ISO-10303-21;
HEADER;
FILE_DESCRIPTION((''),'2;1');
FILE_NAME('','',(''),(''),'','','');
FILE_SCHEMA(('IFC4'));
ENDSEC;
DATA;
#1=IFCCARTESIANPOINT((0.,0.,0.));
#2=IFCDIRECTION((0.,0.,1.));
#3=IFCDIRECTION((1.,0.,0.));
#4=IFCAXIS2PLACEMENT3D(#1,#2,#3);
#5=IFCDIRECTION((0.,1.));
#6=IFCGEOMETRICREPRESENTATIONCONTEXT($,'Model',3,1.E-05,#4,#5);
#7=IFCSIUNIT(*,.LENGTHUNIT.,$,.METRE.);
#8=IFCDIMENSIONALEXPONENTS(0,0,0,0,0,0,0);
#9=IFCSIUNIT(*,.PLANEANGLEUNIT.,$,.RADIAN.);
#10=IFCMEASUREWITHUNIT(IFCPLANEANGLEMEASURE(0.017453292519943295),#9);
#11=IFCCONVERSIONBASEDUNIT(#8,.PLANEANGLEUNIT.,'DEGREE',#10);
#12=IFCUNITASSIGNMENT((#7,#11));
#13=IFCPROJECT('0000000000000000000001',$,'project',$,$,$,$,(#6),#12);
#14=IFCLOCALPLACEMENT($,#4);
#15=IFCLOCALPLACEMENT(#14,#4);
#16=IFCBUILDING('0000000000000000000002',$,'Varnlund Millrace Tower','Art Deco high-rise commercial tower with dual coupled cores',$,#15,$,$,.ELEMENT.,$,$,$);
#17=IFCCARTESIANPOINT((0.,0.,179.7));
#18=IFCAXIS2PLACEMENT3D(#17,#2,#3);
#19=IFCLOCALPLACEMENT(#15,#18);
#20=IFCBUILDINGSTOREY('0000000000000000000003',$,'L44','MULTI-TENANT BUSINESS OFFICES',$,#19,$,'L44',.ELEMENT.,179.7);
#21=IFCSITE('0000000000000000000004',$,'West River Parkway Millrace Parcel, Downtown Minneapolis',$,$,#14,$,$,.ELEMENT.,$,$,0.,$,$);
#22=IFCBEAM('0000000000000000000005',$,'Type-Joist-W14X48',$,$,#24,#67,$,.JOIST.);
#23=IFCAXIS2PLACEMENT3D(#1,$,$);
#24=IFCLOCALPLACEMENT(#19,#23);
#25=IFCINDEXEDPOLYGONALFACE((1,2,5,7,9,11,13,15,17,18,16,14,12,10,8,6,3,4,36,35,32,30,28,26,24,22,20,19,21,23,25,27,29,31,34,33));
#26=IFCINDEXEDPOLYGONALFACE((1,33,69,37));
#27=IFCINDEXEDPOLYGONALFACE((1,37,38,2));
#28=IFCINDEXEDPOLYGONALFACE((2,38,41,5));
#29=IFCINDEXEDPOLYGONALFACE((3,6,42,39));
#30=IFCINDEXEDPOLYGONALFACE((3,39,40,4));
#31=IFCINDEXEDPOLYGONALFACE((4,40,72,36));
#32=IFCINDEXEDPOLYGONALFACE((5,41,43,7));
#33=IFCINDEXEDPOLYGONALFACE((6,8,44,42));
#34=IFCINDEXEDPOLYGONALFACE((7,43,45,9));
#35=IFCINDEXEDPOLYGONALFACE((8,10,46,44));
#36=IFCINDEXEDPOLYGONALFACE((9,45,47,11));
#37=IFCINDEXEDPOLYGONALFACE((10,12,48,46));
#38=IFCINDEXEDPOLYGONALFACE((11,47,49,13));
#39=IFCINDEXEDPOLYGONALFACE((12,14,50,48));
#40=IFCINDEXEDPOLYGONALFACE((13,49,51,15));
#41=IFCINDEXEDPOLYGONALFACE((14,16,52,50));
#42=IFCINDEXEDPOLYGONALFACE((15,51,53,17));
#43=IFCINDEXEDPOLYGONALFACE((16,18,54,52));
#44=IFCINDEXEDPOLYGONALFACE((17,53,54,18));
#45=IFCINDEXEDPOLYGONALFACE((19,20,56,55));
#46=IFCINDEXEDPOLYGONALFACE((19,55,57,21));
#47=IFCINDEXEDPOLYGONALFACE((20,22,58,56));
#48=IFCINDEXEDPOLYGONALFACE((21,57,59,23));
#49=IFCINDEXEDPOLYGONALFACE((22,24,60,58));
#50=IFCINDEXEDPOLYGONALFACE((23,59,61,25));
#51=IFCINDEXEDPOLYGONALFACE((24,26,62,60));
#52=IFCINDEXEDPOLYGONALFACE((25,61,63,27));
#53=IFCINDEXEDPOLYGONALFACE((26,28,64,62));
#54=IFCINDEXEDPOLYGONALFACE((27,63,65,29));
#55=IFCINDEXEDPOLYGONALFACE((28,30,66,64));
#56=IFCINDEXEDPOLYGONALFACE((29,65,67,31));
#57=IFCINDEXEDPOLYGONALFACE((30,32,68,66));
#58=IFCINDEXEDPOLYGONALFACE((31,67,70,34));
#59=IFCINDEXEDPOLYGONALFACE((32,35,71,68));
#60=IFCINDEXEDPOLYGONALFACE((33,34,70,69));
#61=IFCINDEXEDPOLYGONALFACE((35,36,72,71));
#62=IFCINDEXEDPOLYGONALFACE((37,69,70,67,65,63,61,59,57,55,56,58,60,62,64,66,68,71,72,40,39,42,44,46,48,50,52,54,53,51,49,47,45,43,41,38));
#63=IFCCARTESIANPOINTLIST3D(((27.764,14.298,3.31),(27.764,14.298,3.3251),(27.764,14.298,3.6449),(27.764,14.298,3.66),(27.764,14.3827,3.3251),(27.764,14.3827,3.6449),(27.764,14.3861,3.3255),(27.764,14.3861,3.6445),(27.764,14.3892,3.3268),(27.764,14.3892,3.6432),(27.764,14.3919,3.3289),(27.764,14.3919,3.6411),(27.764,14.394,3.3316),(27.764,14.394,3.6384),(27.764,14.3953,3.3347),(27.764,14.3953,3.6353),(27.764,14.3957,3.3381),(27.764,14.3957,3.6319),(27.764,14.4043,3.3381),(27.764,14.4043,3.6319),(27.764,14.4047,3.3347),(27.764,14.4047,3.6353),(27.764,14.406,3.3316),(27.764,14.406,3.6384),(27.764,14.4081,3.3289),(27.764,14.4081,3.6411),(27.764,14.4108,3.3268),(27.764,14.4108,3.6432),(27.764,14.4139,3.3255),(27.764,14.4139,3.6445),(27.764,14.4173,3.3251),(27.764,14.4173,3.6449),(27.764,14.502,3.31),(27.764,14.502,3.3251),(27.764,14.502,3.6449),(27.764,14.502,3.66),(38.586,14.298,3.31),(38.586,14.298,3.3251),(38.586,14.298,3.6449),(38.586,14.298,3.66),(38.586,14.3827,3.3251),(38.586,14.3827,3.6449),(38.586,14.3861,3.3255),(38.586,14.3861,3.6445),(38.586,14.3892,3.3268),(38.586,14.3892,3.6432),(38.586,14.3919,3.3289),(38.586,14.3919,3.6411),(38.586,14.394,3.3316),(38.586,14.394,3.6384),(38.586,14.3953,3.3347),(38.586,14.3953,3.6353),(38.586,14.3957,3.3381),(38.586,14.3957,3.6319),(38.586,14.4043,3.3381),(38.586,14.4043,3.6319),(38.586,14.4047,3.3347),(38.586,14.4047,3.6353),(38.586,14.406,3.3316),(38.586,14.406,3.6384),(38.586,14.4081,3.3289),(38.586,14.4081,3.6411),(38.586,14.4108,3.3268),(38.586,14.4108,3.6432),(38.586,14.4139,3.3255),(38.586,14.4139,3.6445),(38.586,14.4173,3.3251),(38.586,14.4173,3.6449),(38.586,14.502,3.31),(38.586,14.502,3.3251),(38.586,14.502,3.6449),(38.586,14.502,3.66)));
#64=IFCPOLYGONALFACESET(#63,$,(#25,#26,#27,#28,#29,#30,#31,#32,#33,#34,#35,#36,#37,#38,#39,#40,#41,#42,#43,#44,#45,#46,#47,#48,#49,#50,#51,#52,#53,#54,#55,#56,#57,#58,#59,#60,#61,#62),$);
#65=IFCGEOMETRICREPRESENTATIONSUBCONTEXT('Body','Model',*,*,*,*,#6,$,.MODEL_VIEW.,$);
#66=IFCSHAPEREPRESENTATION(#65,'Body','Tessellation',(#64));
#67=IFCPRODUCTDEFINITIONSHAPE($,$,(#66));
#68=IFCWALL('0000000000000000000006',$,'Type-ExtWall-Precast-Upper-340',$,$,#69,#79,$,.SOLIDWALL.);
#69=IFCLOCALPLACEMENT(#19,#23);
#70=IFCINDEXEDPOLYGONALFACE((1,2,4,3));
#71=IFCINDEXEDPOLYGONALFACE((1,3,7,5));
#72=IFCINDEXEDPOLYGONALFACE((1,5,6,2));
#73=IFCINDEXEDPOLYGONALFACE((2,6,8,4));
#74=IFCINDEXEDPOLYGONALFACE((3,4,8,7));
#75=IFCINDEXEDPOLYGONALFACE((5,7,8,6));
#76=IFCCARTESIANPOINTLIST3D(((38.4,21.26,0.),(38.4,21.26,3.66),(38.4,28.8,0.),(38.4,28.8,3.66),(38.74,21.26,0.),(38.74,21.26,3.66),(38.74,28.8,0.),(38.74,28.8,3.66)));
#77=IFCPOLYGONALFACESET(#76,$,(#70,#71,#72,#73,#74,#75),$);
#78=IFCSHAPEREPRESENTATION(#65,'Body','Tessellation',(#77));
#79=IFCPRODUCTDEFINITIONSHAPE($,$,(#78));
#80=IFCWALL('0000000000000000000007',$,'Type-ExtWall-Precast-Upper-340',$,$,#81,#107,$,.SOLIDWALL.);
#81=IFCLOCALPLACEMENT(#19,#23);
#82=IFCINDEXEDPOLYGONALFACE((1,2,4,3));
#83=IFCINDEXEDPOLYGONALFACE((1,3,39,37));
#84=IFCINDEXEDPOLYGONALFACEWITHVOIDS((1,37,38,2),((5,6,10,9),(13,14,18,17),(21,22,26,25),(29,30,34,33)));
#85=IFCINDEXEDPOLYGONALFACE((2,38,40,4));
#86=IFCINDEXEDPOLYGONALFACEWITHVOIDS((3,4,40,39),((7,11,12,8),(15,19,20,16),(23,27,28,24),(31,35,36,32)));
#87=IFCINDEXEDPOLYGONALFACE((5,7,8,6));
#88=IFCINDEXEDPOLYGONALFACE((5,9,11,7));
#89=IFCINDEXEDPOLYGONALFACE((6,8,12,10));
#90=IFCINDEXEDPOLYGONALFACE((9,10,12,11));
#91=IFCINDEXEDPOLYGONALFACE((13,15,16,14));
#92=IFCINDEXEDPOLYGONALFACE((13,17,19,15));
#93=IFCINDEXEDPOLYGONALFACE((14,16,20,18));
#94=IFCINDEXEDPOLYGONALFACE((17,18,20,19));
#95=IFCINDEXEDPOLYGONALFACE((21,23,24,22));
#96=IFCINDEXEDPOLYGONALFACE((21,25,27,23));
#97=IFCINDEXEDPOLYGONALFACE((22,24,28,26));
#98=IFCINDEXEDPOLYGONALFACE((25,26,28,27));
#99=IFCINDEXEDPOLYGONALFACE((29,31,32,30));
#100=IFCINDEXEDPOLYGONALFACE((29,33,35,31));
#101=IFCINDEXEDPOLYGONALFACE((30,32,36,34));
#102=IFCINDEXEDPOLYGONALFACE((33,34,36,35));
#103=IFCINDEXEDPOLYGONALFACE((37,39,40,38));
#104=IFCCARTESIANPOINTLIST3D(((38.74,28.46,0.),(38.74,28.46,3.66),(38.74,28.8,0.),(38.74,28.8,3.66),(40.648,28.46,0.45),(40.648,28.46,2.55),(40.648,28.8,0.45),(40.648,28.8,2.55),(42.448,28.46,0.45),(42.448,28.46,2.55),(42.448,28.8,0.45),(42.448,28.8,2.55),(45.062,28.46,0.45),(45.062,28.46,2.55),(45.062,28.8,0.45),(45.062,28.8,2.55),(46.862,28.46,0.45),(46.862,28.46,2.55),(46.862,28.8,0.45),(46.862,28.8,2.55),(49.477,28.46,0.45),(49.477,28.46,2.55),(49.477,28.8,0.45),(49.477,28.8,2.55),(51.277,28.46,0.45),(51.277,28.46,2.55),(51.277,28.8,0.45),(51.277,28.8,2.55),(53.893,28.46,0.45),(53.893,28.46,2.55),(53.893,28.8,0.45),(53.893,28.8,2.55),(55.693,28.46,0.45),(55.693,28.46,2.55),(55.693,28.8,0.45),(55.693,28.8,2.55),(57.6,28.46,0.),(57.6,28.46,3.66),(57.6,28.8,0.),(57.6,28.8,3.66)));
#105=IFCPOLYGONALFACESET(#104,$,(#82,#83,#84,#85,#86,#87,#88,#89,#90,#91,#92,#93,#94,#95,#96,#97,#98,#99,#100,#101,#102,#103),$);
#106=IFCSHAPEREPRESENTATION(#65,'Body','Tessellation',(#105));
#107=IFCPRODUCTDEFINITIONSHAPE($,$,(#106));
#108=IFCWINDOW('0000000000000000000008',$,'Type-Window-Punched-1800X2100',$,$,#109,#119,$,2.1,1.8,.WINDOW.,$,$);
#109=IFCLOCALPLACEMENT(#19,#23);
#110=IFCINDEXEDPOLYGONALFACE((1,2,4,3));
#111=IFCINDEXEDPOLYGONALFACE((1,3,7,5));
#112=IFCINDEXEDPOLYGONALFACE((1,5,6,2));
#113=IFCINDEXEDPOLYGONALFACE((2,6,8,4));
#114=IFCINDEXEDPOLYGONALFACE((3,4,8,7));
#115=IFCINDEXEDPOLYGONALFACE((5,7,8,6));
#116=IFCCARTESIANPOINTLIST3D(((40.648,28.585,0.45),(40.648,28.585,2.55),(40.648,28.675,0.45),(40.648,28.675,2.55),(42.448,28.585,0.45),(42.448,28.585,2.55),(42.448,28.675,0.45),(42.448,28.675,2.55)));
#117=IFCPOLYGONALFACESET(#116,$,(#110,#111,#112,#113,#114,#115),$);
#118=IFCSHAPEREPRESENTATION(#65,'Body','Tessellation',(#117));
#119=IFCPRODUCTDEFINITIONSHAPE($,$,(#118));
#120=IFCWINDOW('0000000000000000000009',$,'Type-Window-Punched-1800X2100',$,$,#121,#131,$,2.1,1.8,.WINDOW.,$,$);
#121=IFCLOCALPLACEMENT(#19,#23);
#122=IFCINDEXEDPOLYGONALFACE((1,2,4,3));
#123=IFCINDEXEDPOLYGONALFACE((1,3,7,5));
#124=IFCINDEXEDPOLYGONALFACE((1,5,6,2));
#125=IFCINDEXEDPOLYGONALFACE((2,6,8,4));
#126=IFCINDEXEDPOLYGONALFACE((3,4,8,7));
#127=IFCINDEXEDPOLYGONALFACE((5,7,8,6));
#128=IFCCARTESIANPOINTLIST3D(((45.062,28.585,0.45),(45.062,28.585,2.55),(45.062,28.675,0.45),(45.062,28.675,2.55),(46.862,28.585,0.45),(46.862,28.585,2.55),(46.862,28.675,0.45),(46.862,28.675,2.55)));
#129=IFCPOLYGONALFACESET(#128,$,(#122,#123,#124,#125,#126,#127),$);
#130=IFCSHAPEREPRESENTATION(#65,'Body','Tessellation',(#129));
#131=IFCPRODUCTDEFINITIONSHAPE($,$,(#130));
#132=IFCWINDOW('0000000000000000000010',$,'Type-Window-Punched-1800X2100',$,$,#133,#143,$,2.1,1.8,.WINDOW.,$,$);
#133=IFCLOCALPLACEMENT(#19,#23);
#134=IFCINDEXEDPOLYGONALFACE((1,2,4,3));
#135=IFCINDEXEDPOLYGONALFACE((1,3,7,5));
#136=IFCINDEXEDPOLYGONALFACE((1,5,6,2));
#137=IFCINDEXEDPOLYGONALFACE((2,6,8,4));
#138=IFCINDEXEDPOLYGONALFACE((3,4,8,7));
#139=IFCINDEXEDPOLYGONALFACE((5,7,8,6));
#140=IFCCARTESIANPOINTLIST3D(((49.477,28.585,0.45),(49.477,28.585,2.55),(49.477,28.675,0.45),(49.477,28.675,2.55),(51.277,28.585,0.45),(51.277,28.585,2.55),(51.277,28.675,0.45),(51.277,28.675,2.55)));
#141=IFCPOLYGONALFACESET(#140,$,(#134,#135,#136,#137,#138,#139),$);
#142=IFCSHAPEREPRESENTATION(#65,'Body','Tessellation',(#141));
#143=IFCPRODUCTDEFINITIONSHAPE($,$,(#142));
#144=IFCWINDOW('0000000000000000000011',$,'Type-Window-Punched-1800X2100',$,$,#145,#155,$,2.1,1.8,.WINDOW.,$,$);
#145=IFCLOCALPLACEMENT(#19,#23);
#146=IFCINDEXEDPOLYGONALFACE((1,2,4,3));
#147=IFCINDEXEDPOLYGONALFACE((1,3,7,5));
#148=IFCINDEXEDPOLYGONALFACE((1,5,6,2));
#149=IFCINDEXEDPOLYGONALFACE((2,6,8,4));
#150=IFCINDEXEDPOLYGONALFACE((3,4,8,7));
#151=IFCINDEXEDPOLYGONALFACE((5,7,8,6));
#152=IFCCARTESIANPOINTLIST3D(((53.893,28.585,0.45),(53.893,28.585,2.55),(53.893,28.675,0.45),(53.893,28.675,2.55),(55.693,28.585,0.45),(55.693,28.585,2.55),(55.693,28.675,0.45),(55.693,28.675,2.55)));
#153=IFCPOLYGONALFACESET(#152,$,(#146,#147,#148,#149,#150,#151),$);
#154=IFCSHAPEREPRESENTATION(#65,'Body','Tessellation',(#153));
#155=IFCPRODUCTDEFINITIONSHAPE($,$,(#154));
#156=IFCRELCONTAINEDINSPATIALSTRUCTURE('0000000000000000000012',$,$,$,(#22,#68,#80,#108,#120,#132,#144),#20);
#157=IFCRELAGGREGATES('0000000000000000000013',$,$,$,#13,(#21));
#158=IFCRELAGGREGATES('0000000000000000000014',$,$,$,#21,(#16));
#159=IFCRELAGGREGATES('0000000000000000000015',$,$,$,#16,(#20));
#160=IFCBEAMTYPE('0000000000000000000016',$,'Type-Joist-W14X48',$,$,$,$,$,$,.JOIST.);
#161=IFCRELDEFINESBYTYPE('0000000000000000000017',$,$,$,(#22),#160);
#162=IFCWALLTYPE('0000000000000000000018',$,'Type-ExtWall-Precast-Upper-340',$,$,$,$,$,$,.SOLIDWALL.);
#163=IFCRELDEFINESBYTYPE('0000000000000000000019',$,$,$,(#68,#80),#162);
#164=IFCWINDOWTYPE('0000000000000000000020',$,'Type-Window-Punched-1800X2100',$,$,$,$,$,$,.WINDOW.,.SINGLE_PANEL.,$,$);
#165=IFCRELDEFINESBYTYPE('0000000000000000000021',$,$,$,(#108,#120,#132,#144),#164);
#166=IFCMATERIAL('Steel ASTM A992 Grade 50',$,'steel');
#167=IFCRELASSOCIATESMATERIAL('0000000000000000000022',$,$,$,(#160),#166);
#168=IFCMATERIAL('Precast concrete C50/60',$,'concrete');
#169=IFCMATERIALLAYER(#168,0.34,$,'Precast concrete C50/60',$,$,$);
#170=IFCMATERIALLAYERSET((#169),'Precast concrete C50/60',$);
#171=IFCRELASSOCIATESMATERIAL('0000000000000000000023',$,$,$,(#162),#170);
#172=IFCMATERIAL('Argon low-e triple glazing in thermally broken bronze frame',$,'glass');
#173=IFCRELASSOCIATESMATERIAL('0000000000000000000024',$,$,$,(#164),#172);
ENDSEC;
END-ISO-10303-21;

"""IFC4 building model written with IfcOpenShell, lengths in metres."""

from ifc_helpers import new_model, entity, si_unit, converted_unit, direction, frame, origin_with_axes, origin_2d_with_axis, place, context, subcontext, project, spatial, polyline, rectangle, i_section, outline, extrude, material, layer, layer_set, material_profile, profile_set, type_object, element, fill, save


model = new_model("IFC4")

# Units and contexts
model_context = context("Model", 3, precision=1e-05, world=origin_with_axes(), true_north=direction((0.0, 1.0)))
body_context = subcontext(model_context, "Body", "Model", "MODEL_VIEW")
ifc_project = project(units=[si_unit("LENGTHUNIT", "METRE"), converted_unit("PLANEANGLEUNIT", "DEGREE", entity("IfcPlaneAngleMeasure", 0.017453292519943295), si_unit("PLANEANGLEUNIT", "RADIAN"), dimensions=[0, 0, 0, 0, 0, 0, 0])], contexts=[model_context])

# Site, building, storey
site_placement = place(None, origin_with_axes())
site = spatial("IfcSite", under=ifc_project, at=site_placement, Name="West River Parkway Millrace Parcel, Downtown Minneapolis", CompositionType="ELEMENT", RefElevation=0.0)
building_placement = place(site_placement, origin_with_axes())
building = spatial("IfcBuilding", under=site, at=building_placement, Name="Varnlund Millrace Tower", Description="Art Deco high-rise commercial tower with dual coupled cores", CompositionType="ELEMENT")
storey_placement = place(building_placement, frame((0.0, 0.0, 179.7), z_axis=(0.0, 0.0, 1.0), x_axis=(1.0, 0.0, 0.0)))
storey = spatial("IfcBuildingStorey", under=building, at=storey_placement, Name="L44", Description="MULTI-TENANT BUSINESS OFFICES", LongName="L44", CompositionType="ELEMENT", Elevation=179.7)

# Beam
ifc_material_1 = material(Name="Steel ASTM A992 Grade 50", Category="steel")
ifc_material_profile_1 = material_profile(ifc_material_1, i_section(OverallWidth=0.204, OverallDepth=0.35, WebThickness=0.0086, FlangeThickness=0.0151, FilletRadius=0.013, at=origin_2d_with_axis()), Name="Steel ASTM A992 Grade 50")
ifc_profile_set_1 = profile_set([ifc_material_profile_1], Name="Steel ASTM A992 Grade 50")
beam_type_1 = type_object("IfcBeamType", Name="Type-Joist-W14X48", PredefinedType="JOIST", material=ifc_profile_set_1)
beam_1_placement = place(storey_placement, frame((27.764, 14.4, 3.485), z_axis=(1.0, 0.0, 0.0), x_axis=(0.0, 1.0, 0.0)))
element("IfcBeam", 1, at=beam_1_placement, inside=storey, type_object=beam_type_1, Name="Type-Joist-W14X48", PredefinedType="JOIST", context=body_context, shape_type="SweptSolid", body=[
    extrude(i_section(OverallWidth=0.204, OverallDepth=0.35, WebThickness=0.0086, FlangeThickness=0.0151, FilletRadius=0.013, at=origin_2d_with_axis()), origin_with_axes(), (0.0, 0.0, 1.0), 10.822),
])

# Wall
ifc_material_2 = material(Name="Precast concrete C50/60", Category="concrete")
ifc_layer_1 = layer(ifc_material_2, 0.34, Name="Precast concrete C50/60")
ifc_layer_set_1 = layer_set([ifc_layer_1], Name="Precast concrete C50/60")
wall_type_1 = type_object("IfcWallType", Name="Type-ExtWall-Precast-Upper-340", PredefinedType="SOLIDWALL", material=ifc_layer_set_1)
wall_1_placement = place(storey_placement, frame((38.57, 21.26, 0.0), z_axis=(0.0, 0.0, 1.0), x_axis=(0.0, 1.0, 0.0)))
element("IfcWall", 2, at=wall_1_placement, inside=storey, type_object=wall_type_1, Name="Type-ExtWall-Precast-Upper-340", PredefinedType="SOLIDWALL", context=body_context, shape_type="SweptSolid", body=[
    extrude(outline(polyline([(0.0, -0.17), (7.54, -0.17), (7.54, 0.17), (0.0, 0.17), (0.0, -0.17)])), origin_with_axes(), (0.0, 0.0, 1.0), 3.66),
])

# Wall, openings, windows
wall_2_placement = place(storey_placement, frame((38.74, 28.63, 0.0), z_axis=(0.0, 0.0, 1.0), x_axis=(1.0, 0.0, 0.0)))
wall_2 = element("IfcWall", 3, at=wall_2_placement, inside=storey, type_object=wall_type_1, Name="Type-ExtWall-Precast-Upper-340", PredefinedType="SOLIDWALL", context=body_context, shape_type="SweptSolid", body=[
    extrude(outline(polyline([(0.0, -0.17), (18.86, -0.17), (18.86, 0.17), (0.0, 0.17), (0.0, -0.17)])), origin_with_axes(), (0.0, 0.0, 1.0), 3.66),
])
opening_1_placement = place(wall_2_placement, frame((2.808, 0.0, 0.45), z_axis=(0.0, 0.0, 1.0), x_axis=(1.0, 0.0, 0.0)))
opening_1 = element("IfcOpeningElement", 4, at=opening_1_placement, cuts=wall_2, PredefinedType="OPENING", context=body_context, shape_type="SweptSolid", body=[
    extrude(rectangle(XDim=1.8, YDim=0.36, at=origin_2d_with_axis()), origin_with_axes(), (0.0, 0.0, 1.0), 2.1),
])
opening_2_placement = place(wall_2_placement, frame((7.222, 0.0, 0.45), z_axis=(0.0, 0.0, 1.0), x_axis=(1.0, 0.0, 0.0)))
opening_2 = element("IfcOpeningElement", 5, at=opening_2_placement, cuts=wall_2, PredefinedType="OPENING", context=body_context, shape_type="SweptSolid", body=[
    extrude(rectangle(XDim=1.8, YDim=0.36, at=origin_2d_with_axis()), origin_with_axes(), (0.0, 0.0, 1.0), 2.1),
])
opening_3_placement = place(wall_2_placement, frame((11.637, 0.0, 0.45), z_axis=(0.0, 0.0, 1.0), x_axis=(1.0, 0.0, 0.0)))
opening_3 = element("IfcOpeningElement", 6, at=opening_3_placement, cuts=wall_2, PredefinedType="OPENING", context=body_context, shape_type="SweptSolid", body=[
    extrude(rectangle(XDim=1.8, YDim=0.36, at=origin_2d_with_axis()), origin_with_axes(), (0.0, 0.0, 1.0), 2.1),
])
opening_4_placement = place(wall_2_placement, frame((16.053, 0.0, 0.45), z_axis=(0.0, 0.0, 1.0), x_axis=(1.0, 0.0, 0.0)))
opening_4 = element("IfcOpeningElement", 7, at=opening_4_placement, cuts=wall_2, PredefinedType="OPENING", context=body_context, shape_type="SweptSolid", body=[
    extrude(rectangle(XDim=1.8, YDim=0.36, at=origin_2d_with_axis()), origin_with_axes(), (0.0, 0.0, 1.0), 2.1),
])
ifc_material_3 = material(Name="Argon low-e triple glazing in thermally broken bronze frame", Category="glass")
window_type_1 = type_object("IfcWindowType", Name="Type-Window-Punched-1800X2100", PartitioningType="SINGLE_PANEL", PredefinedType="WINDOW", material=ifc_material_3)
window_1_placement = place(wall_2_placement, frame((2.808, 0.0, 0.45), z_axis=(0.0, 0.0, 1.0), x_axis=(1.0, 0.0, 0.0)))
window_1 = element("IfcWindow", 8, at=window_1_placement, inside=storey, type_object=window_type_1, Name="Type-Window-Punched-1800X2100", OverallHeight=2.1, OverallWidth=1.8, PredefinedType="WINDOW", context=body_context, shape_type="SweptSolid", body=[
    extrude(rectangle(XDim=1.8, YDim=0.09, at=origin_2d_with_axis()), origin_with_axes(), (0.0, 0.0, 1.0), 2.1),
])
fill(opening_1, window_1)
window_2_placement = place(wall_2_placement, frame((7.222, 0.0, 0.45), z_axis=(0.0, 0.0, 1.0), x_axis=(1.0, 0.0, 0.0)))
window_2 = element("IfcWindow", 9, at=window_2_placement, inside=storey, type_object=window_type_1, Name="Type-Window-Punched-1800X2100", OverallHeight=2.1, OverallWidth=1.8, PredefinedType="WINDOW", context=body_context, shape_type="SweptSolid", body=[
    extrude(rectangle(XDim=1.8, YDim=0.09, at=origin_2d_with_axis()), origin_with_axes(), (0.0, 0.0, 1.0), 2.1),
])
fill(opening_2, window_2)
window_3_placement = place(wall_2_placement, frame((11.637, 0.0, 0.45), z_axis=(0.0, 0.0, 1.0), x_axis=(1.0, 0.0, 0.0)))
window_3 = element("IfcWindow", 10, at=window_3_placement, inside=storey, type_object=window_type_1, Name="Type-Window-Punched-1800X2100", OverallHeight=2.1, OverallWidth=1.8, PredefinedType="WINDOW", context=body_context, shape_type="SweptSolid", body=[
    extrude(rectangle(XDim=1.8, YDim=0.09, at=origin_2d_with_axis()), origin_with_axes(), (0.0, 0.0, 1.0), 2.1),
])
fill(opening_3, window_3)
window_4_placement = place(wall_2_placement, frame((16.053, 0.0, 0.45), z_axis=(0.0, 0.0, 1.0), x_axis=(1.0, 0.0, 0.0)))
window_4 = element("IfcWindow", 11, at=window_4_placement, inside=storey, type_object=window_type_1, Name="Type-Window-Punched-1800X2100", OverallHeight=2.1, OverallWidth=1.8, PredefinedType="WINDOW", context=body_context, shape_type="SweptSolid", body=[
    extrude(rectangle(XDim=1.8, YDim=0.09, at=origin_2d_with_axis()), origin_with_axes(), (0.0, 0.0, 1.0), 2.1),
])
fill(opening_4, window_4)

save(model, "model.ifc")
